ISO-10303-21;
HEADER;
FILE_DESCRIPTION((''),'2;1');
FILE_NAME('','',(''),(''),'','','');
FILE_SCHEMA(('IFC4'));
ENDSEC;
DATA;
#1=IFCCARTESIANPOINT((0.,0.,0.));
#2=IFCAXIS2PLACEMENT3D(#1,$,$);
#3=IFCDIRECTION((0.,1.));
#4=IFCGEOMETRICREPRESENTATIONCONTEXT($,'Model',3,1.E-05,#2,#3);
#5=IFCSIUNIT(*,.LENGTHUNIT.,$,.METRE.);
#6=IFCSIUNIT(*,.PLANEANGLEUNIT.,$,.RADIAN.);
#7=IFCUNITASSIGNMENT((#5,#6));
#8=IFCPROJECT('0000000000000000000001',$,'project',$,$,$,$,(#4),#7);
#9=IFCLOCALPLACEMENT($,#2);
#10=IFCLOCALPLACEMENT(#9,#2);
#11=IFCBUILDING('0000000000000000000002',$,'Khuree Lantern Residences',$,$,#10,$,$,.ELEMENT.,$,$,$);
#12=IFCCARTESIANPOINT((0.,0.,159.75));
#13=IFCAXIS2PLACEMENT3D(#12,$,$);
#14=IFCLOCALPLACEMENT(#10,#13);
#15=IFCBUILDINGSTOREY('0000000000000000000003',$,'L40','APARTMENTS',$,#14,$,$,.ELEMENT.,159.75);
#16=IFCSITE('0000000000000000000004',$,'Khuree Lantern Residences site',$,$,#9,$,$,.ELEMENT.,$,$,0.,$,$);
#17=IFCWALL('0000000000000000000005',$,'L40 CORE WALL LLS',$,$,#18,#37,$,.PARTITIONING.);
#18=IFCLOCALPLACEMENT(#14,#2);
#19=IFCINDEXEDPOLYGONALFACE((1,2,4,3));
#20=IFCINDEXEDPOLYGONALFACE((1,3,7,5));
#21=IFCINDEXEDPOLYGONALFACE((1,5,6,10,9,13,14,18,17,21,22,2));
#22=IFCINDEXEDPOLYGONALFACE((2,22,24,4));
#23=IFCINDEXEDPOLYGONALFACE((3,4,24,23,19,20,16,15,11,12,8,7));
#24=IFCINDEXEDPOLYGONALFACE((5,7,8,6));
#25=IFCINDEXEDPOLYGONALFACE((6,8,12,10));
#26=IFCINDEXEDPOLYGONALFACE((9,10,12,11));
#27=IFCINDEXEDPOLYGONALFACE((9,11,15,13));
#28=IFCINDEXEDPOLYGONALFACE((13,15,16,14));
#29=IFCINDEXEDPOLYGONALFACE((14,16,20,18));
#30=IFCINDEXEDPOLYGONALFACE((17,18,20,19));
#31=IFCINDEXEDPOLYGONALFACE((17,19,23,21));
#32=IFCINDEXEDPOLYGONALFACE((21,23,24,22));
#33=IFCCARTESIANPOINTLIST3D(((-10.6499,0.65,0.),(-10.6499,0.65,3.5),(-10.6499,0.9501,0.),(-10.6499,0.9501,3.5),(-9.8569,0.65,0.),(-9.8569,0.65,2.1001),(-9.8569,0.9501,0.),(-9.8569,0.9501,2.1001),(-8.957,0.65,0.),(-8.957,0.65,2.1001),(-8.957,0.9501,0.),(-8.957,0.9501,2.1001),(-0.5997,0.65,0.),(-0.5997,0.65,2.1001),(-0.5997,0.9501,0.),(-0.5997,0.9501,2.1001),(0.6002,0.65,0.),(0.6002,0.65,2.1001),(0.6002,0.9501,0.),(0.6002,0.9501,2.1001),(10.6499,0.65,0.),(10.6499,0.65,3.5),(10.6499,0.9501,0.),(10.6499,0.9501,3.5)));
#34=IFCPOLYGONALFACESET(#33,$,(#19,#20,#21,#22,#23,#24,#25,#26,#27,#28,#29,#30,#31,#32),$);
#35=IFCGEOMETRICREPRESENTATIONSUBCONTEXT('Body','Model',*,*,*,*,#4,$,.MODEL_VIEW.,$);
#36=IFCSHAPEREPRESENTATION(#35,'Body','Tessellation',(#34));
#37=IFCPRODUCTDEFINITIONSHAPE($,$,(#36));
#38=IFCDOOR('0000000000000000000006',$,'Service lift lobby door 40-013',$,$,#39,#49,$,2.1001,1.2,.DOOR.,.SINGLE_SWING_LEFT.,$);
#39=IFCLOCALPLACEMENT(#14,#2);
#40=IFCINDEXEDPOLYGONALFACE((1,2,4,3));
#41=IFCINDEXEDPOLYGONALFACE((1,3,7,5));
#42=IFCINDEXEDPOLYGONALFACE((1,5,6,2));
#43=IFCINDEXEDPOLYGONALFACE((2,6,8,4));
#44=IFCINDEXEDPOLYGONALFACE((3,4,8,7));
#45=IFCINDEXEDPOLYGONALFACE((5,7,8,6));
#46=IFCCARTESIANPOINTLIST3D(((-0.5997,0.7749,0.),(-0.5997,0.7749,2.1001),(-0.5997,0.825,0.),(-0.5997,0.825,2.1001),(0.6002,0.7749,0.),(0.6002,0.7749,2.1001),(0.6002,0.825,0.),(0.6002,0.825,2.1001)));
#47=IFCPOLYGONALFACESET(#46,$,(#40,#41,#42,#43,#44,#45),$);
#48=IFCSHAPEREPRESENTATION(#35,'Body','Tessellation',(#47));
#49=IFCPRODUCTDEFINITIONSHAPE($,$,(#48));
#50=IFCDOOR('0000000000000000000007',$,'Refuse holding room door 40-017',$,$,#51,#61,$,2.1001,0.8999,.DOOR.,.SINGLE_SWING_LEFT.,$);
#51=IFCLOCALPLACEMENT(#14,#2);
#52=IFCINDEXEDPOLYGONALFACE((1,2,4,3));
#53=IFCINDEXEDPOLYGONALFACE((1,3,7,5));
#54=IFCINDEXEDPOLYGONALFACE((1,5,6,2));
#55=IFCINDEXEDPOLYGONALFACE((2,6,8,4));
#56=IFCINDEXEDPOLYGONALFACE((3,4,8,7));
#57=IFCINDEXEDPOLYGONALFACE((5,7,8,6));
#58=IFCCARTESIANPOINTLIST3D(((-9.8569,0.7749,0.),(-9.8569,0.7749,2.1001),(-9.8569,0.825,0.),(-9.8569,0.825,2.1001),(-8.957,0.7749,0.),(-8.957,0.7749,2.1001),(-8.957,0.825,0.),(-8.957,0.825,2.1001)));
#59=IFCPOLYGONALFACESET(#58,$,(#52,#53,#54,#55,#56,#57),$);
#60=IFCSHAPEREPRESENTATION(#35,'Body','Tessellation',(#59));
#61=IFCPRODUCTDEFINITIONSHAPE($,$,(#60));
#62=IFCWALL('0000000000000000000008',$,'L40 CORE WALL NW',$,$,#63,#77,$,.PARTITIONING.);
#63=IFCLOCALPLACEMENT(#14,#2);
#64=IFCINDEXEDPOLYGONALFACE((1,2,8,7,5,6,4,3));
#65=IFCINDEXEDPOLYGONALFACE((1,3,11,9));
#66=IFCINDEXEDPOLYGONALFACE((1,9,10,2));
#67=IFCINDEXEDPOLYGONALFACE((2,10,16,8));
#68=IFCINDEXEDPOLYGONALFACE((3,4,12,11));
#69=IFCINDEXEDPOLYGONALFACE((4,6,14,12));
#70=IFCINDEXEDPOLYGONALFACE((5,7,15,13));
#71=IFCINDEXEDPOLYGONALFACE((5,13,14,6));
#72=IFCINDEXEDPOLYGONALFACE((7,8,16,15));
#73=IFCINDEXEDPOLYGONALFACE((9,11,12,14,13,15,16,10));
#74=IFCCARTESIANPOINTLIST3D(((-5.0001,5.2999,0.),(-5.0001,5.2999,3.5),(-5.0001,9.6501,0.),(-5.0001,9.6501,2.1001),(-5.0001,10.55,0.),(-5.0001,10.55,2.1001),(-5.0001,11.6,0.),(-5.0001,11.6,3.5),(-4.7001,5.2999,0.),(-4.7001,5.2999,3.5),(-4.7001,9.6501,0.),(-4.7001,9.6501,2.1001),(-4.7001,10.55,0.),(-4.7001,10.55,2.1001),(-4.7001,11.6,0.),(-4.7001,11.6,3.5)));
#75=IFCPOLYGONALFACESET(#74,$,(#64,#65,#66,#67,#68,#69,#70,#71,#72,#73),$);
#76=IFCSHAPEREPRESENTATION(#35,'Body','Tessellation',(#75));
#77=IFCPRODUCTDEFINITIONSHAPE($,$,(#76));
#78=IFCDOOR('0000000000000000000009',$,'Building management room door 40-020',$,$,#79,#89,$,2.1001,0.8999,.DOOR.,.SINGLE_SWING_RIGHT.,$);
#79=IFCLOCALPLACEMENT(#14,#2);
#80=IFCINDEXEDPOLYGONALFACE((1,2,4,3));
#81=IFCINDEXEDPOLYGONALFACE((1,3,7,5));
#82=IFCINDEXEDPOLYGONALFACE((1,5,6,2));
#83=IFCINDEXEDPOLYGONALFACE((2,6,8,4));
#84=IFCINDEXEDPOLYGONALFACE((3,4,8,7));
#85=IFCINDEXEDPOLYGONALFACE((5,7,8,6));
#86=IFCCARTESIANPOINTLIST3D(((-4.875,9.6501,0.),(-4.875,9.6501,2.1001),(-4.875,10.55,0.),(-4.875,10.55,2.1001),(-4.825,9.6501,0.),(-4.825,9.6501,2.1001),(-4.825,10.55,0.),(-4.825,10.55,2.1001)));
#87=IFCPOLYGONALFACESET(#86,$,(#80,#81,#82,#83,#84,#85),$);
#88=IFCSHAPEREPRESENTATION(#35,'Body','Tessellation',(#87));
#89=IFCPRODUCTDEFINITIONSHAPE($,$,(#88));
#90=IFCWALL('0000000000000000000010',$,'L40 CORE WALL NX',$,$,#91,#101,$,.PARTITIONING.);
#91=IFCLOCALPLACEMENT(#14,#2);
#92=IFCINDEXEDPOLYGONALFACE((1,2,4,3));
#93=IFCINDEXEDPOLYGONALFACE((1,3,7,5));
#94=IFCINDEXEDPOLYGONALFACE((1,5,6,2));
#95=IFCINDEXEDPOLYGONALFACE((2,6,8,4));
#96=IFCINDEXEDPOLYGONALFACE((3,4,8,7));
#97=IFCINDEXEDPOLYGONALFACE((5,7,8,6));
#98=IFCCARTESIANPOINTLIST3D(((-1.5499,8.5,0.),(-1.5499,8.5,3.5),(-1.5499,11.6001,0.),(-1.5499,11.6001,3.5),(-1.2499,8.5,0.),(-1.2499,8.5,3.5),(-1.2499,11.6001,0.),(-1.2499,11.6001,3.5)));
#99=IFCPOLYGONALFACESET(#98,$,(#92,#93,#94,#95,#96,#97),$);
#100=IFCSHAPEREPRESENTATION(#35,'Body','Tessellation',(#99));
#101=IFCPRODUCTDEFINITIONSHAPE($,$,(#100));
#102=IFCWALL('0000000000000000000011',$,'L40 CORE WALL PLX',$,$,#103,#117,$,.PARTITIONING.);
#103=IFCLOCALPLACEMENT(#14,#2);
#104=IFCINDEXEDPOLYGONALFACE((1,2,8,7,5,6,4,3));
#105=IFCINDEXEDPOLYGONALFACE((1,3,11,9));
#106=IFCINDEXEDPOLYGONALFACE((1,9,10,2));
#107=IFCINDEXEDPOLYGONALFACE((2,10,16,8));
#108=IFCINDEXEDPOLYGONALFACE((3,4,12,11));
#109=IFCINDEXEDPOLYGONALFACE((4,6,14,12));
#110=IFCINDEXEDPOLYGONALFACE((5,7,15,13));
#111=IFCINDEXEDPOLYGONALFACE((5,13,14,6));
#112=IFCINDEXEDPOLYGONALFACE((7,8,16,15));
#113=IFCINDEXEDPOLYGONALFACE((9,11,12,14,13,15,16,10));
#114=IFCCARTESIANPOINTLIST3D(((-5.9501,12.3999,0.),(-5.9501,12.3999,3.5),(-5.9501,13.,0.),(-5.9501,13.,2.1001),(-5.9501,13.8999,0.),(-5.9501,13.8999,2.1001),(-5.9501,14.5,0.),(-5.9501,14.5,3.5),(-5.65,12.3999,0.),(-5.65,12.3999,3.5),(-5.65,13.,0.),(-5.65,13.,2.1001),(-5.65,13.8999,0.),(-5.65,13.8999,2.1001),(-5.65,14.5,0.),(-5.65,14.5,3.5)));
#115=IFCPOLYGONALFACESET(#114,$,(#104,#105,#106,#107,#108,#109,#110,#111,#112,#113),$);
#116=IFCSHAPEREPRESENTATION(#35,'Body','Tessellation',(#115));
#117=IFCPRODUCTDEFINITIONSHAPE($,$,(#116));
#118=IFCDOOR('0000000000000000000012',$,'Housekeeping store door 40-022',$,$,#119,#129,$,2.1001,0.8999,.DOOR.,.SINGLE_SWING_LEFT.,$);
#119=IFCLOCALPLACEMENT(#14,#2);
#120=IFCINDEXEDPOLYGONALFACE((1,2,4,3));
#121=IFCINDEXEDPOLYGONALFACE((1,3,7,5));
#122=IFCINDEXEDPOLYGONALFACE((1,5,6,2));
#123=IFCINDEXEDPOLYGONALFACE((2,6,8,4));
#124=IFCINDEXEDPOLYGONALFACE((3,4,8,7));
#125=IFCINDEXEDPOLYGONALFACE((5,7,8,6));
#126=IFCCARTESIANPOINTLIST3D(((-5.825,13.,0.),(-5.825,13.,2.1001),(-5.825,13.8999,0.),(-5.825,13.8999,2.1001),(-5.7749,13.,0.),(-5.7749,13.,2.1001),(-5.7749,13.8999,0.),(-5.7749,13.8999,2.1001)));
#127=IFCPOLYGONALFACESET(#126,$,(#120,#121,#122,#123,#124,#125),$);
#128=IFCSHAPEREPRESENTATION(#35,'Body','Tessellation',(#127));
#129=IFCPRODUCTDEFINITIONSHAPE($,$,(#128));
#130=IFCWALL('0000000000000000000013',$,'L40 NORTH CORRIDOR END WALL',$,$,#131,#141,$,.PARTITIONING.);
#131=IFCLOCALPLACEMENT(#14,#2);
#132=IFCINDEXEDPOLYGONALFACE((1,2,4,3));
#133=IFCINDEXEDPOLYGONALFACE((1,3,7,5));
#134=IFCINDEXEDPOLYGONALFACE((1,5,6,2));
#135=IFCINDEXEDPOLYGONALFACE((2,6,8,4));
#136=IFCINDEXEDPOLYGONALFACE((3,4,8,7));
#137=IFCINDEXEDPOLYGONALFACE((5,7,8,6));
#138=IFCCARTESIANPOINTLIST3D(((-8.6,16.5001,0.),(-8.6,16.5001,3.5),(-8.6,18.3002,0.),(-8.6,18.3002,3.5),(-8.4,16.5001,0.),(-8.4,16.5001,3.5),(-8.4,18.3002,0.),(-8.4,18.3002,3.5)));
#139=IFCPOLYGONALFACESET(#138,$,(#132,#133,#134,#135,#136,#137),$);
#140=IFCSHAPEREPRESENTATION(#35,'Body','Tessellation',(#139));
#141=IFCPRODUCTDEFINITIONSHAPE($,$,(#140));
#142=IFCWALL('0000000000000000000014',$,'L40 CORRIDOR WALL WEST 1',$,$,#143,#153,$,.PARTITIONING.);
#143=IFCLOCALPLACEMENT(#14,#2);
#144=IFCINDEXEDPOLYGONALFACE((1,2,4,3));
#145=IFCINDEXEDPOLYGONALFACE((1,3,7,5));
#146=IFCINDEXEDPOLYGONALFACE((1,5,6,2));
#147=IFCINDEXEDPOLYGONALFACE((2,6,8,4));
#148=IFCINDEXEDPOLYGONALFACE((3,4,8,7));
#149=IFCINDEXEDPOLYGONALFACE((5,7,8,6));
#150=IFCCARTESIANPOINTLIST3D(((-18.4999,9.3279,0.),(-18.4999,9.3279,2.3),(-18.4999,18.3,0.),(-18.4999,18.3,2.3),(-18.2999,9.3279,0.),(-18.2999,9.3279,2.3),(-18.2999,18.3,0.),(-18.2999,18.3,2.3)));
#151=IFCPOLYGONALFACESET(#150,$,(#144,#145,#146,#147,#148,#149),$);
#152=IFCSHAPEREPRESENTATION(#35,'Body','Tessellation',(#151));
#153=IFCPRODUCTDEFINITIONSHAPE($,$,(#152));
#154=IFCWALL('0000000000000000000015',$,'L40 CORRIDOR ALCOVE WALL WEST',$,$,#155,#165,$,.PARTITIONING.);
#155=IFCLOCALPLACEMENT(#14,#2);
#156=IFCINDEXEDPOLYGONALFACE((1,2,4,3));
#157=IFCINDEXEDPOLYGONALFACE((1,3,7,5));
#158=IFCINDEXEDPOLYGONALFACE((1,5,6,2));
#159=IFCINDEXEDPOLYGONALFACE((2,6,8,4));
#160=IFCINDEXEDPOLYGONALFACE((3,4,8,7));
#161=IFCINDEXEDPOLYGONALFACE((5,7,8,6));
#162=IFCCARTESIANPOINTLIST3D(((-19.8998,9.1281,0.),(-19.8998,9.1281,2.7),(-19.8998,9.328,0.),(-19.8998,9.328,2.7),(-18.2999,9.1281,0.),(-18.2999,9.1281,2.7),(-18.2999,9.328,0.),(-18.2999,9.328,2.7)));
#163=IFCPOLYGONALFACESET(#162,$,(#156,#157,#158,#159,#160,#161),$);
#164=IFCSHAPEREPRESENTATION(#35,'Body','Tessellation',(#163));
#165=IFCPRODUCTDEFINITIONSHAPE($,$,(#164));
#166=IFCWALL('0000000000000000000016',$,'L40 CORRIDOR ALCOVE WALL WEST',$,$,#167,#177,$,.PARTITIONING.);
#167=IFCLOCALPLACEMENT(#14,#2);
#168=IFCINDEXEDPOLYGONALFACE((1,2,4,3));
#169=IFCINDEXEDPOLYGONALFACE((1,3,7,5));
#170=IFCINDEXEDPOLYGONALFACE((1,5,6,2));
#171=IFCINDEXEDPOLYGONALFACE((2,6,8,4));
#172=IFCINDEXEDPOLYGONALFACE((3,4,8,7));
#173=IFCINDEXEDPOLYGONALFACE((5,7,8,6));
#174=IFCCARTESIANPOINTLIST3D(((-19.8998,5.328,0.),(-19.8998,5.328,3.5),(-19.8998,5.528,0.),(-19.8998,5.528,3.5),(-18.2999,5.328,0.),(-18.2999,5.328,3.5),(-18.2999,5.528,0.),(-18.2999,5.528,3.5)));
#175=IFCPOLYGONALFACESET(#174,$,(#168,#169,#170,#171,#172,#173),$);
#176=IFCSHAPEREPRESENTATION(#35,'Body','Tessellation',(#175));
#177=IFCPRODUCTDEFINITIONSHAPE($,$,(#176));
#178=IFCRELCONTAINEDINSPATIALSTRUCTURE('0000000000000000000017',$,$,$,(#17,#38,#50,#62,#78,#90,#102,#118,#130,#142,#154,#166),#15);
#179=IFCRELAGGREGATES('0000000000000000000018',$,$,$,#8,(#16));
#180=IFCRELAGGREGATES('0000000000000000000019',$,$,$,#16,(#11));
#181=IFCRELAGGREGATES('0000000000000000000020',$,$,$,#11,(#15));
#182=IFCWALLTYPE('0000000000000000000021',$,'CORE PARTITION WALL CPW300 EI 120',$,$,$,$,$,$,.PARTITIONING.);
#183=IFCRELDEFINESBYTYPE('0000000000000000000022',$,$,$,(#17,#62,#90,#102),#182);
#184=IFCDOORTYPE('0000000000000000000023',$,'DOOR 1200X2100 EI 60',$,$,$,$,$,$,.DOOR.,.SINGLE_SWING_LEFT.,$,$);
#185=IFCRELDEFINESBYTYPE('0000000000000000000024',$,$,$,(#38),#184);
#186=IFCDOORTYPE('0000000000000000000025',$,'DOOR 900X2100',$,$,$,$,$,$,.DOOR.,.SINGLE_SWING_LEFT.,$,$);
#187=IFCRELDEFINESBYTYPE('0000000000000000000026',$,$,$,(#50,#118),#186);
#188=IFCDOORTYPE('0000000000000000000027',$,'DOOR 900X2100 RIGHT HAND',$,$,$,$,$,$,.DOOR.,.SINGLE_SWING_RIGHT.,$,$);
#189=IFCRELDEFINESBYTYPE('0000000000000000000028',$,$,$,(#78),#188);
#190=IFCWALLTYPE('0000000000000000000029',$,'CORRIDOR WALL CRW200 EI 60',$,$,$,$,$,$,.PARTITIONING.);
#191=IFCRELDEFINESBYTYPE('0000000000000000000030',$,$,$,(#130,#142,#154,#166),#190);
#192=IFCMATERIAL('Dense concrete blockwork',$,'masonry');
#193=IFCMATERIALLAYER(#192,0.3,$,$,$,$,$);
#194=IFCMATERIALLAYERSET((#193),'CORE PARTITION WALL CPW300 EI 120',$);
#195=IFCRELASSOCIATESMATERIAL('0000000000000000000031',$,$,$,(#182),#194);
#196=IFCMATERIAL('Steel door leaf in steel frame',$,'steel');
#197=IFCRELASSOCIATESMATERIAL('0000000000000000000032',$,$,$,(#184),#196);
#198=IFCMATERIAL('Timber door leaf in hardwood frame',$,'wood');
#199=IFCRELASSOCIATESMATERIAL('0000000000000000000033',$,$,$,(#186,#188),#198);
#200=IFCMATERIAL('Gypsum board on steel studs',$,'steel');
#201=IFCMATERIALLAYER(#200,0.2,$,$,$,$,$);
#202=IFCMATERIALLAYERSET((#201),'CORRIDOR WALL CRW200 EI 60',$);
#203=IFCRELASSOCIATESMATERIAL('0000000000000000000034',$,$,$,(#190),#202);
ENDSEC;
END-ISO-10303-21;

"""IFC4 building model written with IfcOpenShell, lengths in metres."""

from ifc_helpers import new_model, si_unit, direction, frame, frame_2d, origin, place, context, subcontext, project, spatial, rectangle, extrude, material, layer, layer_set, type_object, element, fill, save


model = new_model("IFC4")

# Units and contexts
model_context = context("Model", 3, precision=1e-05, world=origin(), true_north=direction((0.0, 1.0)))
body_context = subcontext(model_context, "Body", "Model", "MODEL_VIEW")
ifc_project = project(units=[si_unit("LENGTHUNIT", "METRE"), si_unit("PLANEANGLEUNIT", "RADIAN")], contexts=[model_context])

# Site, building, storey
site_placement = place(None, origin())
site = spatial("IfcSite", under=ifc_project, at=site_placement, Name="Khuree Lantern Residences site", CompositionType="ELEMENT", RefElevation=0.0)
building_placement = place(site_placement, origin())
building = spatial("IfcBuilding", under=site, at=building_placement, Name="Khuree Lantern Residences", CompositionType="ELEMENT")
storey_placement = place(building_placement, frame((0.0, 0.0, 159.75)))
storey = spatial("IfcBuildingStorey", under=building, at=storey_placement, Name="L40", Description="APARTMENTS", CompositionType="ELEMENT", Elevation=159.75)

# Shared definitions
ifc_material_1 = material(Name="Dense concrete blockwork", Category="masonry")
ifc_layer_1 = layer(ifc_material_1, 0.3)
ifc_layer_set_1 = layer_set([ifc_layer_1], Name="CORE PARTITION WALL CPW300 EI 120")
wall_type_1 = type_object("IfcWallType", Name="CORE PARTITION WALL CPW300 EI 120", PredefinedType="PARTITIONING", material=ifc_layer_set_1)

# Wall, openings, doors
wall_1_placement = place(storey_placement, frame((-10.6499, 0.8, 0.0), z_axis=(0.0, 0.0, 1.0), x_axis=(1.0, 0.0, 0.0)))
wall_1 = element("IfcWall", 1, at=wall_1_placement, inside=storey, type_object=wall_type_1, Name="L40 CORE WALL LLS", PredefinedType="PARTITIONING", context=body_context, shape_type="SweptSolid", body=[
    extrude(rectangle(XDim=21.2998, YDim=0.3, at=frame_2d((10.6499, 0.0))), origin(), (0.0, 0.0, 1.0), 3.5),
])
opening_1_placement = place(wall_1_placement, frame((10.05, 0.0, 0.0)))
opening_1 = element("IfcOpeningElement", 2, at=opening_1_placement, cuts=wall_1, PredefinedType="OPENING", context=body_context, shape_type="SweptSolid", body=[
    extrude(rectangle(XDim=1.2, YDim=2.1001, at=frame_2d((0.6001, 1.05))), frame((0.0, 0.1602, 0.0), z_axis=(0.0, -1.0, 0.0), x_axis=(1.0, 0.0, 0.0)), (0.0, 0.0, 1.0), 0.3201),
])
opening_2_placement = place(wall_1_placement, frame((0.793, 0.0, 0.0)))
opening_2 = element("IfcOpeningElement", 3, at=opening_2_placement, cuts=wall_1, PredefinedType="OPENING", context=body_context, shape_type="SweptSolid", body=[
    extrude(rectangle(XDim=0.8999, YDim=2.1001, at=frame_2d((0.45, 1.05))), frame((0.0, 0.1602, 0.0), z_axis=(0.0, -1.0, 0.0), x_axis=(1.0, 0.0, 0.0)), (0.0, 0.0, 1.0), 0.3201),
])
ifc_material_2 = material(Name="Steel door leaf in steel frame", Category="steel")
door_type_1 = type_object("IfcDoorType", Name="DOOR 1200X2100 EI 60", OperationType="SINGLE_SWING_LEFT", PredefinedType="DOOR", material=ifc_material_2)
door_1_placement = place(opening_1_placement, origin())
door_1 = element("IfcDoor", 4, at=door_1_placement, inside=storey, type_object=door_type_1, Name="Service lift lobby door 40-013", OperationType="SINGLE_SWING_LEFT", OverallHeight=2.1001, OverallWidth=1.2, PredefinedType="DOOR", context=body_context, shape_type="SweptSolid", body=[
    extrude(rectangle(XDim=1.2, YDim=2.1001, at=frame_2d((0.6001, 1.05))), frame((0.0, 0.0249, 0.0), z_axis=(0.0, -1.0, 0.0), x_axis=(1.0, 0.0, 0.0)), (0.0, 0.0, 1.0), 0.05),
])
fill(opening_1, door_1)
ifc_material_3 = material(Name="Timber door leaf in hardwood frame", Category="wood")
door_type_2 = type_object("IfcDoorType", Name="DOOR 900X2100", OperationType="SINGLE_SWING_LEFT", PredefinedType="DOOR", material=ifc_material_3)
door_2_placement = place(opening_2_placement, origin())
door_2 = element("IfcDoor", 5, at=door_2_placement, inside=storey, type_object=door_type_2, Name="Refuse holding room door 40-017", OperationType="SINGLE_SWING_LEFT", OverallHeight=2.1001, OverallWidth=0.8999, PredefinedType="DOOR", context=body_context, shape_type="SweptSolid", body=[
    extrude(rectangle(XDim=0.8999, YDim=2.1001, at=frame_2d((0.45, 1.05))), frame((0.0, 0.0249, 0.0), z_axis=(0.0, -1.0, 0.0), x_axis=(1.0, 0.0, 0.0)), (0.0, 0.0, 1.0), 0.05),
])
fill(opening_2, door_2)

# Wall, opening, door
wall_2_placement = place(storey_placement, frame((-4.8501, 5.3, 0.0), z_axis=(0.0, 0.0, 1.0), x_axis=(0.0, 1.0, 0.0)))
wall_2 = element("IfcWall", 6, at=wall_2_placement, inside=storey, type_object=wall_type_1, Name="L40 CORE WALL NW", PredefinedType="PARTITIONING", context=body_context, shape_type="SweptSolid", body=[
    extrude(rectangle(XDim=6.3, YDim=0.3, at=frame_2d((3.1499, 0.0))), origin(), (0.0, 0.0, 1.0), 3.5),
])
opening_3_placement = place(wall_2_placement, frame((4.3501, 0.0, 0.0)))
opening_3 = element("IfcOpeningElement", 7, at=opening_3_placement, cuts=wall_2, PredefinedType="OPENING", context=body_context, shape_type="SweptSolid", body=[
    extrude(rectangle(XDim=0.8999, YDim=2.1001, at=frame_2d((0.45, 1.05))), frame((0.0, 0.1602, 0.0), z_axis=(0.0, -1.0, 0.0), x_axis=(1.0, 0.0, 0.0)), (0.0, 0.0, 1.0), 0.3201),
])
door_type_3 = type_object("IfcDoorType", Name="DOOR 900X2100 RIGHT HAND", OperationType="SINGLE_SWING_RIGHT", PredefinedType="DOOR", material=ifc_material_3)
door_3_placement = place(opening_3_placement, origin())
door_3 = element("IfcDoor", 8, at=door_3_placement, inside=storey, type_object=door_type_3, Name="Building management room door 40-020", OperationType="SINGLE_SWING_RIGHT", OverallHeight=2.1001, OverallWidth=0.8999, PredefinedType="DOOR", context=body_context, shape_type="SweptSolid", body=[
    extrude(rectangle(XDim=0.8999, YDim=2.1001, at=frame_2d((0.45, 1.05))), frame((0.0, 0.0249, 0.0), z_axis=(0.0, -1.0, 0.0), x_axis=(1.0, 0.0, 0.0)), (0.0, 0.0, 1.0), 0.05),
])
fill(opening_3, door_3)

# Wall
wall_3_placement = place(storey_placement, frame((-1.3999, 8.5, 0.0), z_axis=(0.0, 0.0, 1.0), x_axis=(0.0, 1.0, 0.0)))
element("IfcWall", 9, at=wall_3_placement, inside=storey, type_object=wall_type_1, Name="L40 CORE WALL NX", PredefinedType="PARTITIONING", context=body_context, shape_type="SweptSolid", body=[
    extrude(rectangle(XDim=3.1001, YDim=0.3, at=frame_2d((1.55, 0.0))), origin(), (0.0, 0.0, 1.0), 3.5),
])

# Wall, opening, door
wall_4_placement = place(storey_placement, frame((-5.8, 12.3999, 0.0), z_axis=(0.0, 0.0, 1.0), x_axis=(0.0, 1.0, 0.0)))
wall_4 = element("IfcWall", 10, at=wall_4_placement, inside=storey, type_object=wall_type_1, Name="L40 CORE WALL PLX", PredefinedType="PARTITIONING", context=body_context, shape_type="SweptSolid", body=[
    extrude(rectangle(XDim=2.1001, YDim=0.3, at=frame_2d((1.05, 0.0))), origin(), (0.0, 0.0, 1.0), 3.5),
])
opening_4_placement = place(wall_4_placement, frame((0.6001, 0.0, 0.0)))
opening_4 = element("IfcOpeningElement", 11, at=opening_4_placement, cuts=wall_4, PredefinedType="OPENING", context=body_context, shape_type="SweptSolid", body=[
    extrude(rectangle(XDim=0.8999, YDim=2.1001, at=frame_2d((0.45, 1.05))), frame((0.0, 0.1602, 0.0), z_axis=(0.0, -1.0, 0.0), x_axis=(1.0, 0.0, 0.0)), (0.0, 0.0, 1.0), 0.3201),
])
door_4_placement = place(opening_4_placement, origin())
door_4 = element("IfcDoor", 12, at=door_4_placement, inside=storey, type_object=door_type_2, Name="Housekeeping store door 40-022", OperationType="SINGLE_SWING_LEFT", OverallHeight=2.1001, OverallWidth=0.8999, PredefinedType="DOOR", context=body_context, shape_type="SweptSolid", body=[
    extrude(rectangle(XDim=0.8999, YDim=2.1001, at=frame_2d((0.45, 1.05))), frame((0.0, 0.0249, 0.0), z_axis=(0.0, -1.0, 0.0), x_axis=(1.0, 0.0, 0.0)), (0.0, 0.0, 1.0), 0.05),
])
fill(opening_4, door_4)

# Walls
ifc_material_4 = material(Name="Gypsum board on steel studs", Category="steel")
ifc_layer_2 = layer(ifc_material_4, 0.2)
ifc_layer_set_2 = layer_set([ifc_layer_2], Name="CORRIDOR WALL CRW200 EI 60")
wall_type_2 = type_object("IfcWallType", Name="CORRIDOR WALL CRW200 EI 60", PredefinedType="PARTITIONING", material=ifc_layer_set_2)
wall_5_placement = place(storey_placement, frame((-8.5, 18.3, 0.0), z_axis=(0.0, 0.0, 1.0), x_axis=(0.0, -1.0, 0.0)))
element("IfcWall", 13, at=wall_5_placement, inside=storey, type_object=wall_type_2, Name="L40 NORTH CORRIDOR END WALL", PredefinedType="PARTITIONING", context=body_context, shape_type="SweptSolid", body=[
    extrude(rectangle(XDim=1.8, YDim=0.2, at=frame_2d((0.8999, 0.0))), origin(), (0.0, 0.0, 1.0), 3.5),
])
wall_6_placement = place(storey_placement, frame((-18.3999, 18.3, 0.0), z_axis=(0.0, 0.0, 1.0), x_axis=(0.0, -1.0, 0.0)))
element("IfcWall", 14, at=wall_6_placement, inside=storey, type_object=wall_type_2, Name="L40 CORRIDOR WALL WEST 1", PredefinedType="PARTITIONING", context=body_context, shape_type="SweptSolid", body=[
    extrude(rectangle(XDim=8.9722, YDim=0.2, at=frame_2d((4.4861, 0.0))), origin(), (0.0, 0.0, 1.0), 2.3),
])
wall_7_placement = place(storey_placement, frame((-18.3, 9.228, 0.0), z_axis=(0.0, 0.0, 1.0), x_axis=(-1.0, 0.0, 0.0)))
element("IfcWall", 15, at=wall_7_placement, inside=storey, type_object=wall_type_2, Name="L40 CORRIDOR ALCOVE WALL WEST", PredefinedType="PARTITIONING", context=body_context, shape_type="SweptSolid", body=[
    extrude(rectangle(XDim=1.5999, YDim=0.2, at=frame_2d((0.7998, 0.0))), origin(), (0.0, 0.0, 1.0), 2.7),
])
wall_8_placement = place(storey_placement, frame((-18.3, 5.428, 0.0), z_axis=(0.0, 0.0, 1.0), x_axis=(-1.0, 0.0, 0.0)))
element("IfcWall", 16, at=wall_8_placement, inside=storey, type_object=wall_type_2, Name="L40 CORRIDOR ALCOVE WALL WEST", PredefinedType="PARTITIONING", context=body_context, shape_type="SweptSolid", body=[
    extrude(rectangle(XDim=1.5999, YDim=0.2, at=frame_2d((0.7998, 0.0))), origin(), (0.0, 0.0, 1.0), 3.5),
])

save(model, "model.ifc")
